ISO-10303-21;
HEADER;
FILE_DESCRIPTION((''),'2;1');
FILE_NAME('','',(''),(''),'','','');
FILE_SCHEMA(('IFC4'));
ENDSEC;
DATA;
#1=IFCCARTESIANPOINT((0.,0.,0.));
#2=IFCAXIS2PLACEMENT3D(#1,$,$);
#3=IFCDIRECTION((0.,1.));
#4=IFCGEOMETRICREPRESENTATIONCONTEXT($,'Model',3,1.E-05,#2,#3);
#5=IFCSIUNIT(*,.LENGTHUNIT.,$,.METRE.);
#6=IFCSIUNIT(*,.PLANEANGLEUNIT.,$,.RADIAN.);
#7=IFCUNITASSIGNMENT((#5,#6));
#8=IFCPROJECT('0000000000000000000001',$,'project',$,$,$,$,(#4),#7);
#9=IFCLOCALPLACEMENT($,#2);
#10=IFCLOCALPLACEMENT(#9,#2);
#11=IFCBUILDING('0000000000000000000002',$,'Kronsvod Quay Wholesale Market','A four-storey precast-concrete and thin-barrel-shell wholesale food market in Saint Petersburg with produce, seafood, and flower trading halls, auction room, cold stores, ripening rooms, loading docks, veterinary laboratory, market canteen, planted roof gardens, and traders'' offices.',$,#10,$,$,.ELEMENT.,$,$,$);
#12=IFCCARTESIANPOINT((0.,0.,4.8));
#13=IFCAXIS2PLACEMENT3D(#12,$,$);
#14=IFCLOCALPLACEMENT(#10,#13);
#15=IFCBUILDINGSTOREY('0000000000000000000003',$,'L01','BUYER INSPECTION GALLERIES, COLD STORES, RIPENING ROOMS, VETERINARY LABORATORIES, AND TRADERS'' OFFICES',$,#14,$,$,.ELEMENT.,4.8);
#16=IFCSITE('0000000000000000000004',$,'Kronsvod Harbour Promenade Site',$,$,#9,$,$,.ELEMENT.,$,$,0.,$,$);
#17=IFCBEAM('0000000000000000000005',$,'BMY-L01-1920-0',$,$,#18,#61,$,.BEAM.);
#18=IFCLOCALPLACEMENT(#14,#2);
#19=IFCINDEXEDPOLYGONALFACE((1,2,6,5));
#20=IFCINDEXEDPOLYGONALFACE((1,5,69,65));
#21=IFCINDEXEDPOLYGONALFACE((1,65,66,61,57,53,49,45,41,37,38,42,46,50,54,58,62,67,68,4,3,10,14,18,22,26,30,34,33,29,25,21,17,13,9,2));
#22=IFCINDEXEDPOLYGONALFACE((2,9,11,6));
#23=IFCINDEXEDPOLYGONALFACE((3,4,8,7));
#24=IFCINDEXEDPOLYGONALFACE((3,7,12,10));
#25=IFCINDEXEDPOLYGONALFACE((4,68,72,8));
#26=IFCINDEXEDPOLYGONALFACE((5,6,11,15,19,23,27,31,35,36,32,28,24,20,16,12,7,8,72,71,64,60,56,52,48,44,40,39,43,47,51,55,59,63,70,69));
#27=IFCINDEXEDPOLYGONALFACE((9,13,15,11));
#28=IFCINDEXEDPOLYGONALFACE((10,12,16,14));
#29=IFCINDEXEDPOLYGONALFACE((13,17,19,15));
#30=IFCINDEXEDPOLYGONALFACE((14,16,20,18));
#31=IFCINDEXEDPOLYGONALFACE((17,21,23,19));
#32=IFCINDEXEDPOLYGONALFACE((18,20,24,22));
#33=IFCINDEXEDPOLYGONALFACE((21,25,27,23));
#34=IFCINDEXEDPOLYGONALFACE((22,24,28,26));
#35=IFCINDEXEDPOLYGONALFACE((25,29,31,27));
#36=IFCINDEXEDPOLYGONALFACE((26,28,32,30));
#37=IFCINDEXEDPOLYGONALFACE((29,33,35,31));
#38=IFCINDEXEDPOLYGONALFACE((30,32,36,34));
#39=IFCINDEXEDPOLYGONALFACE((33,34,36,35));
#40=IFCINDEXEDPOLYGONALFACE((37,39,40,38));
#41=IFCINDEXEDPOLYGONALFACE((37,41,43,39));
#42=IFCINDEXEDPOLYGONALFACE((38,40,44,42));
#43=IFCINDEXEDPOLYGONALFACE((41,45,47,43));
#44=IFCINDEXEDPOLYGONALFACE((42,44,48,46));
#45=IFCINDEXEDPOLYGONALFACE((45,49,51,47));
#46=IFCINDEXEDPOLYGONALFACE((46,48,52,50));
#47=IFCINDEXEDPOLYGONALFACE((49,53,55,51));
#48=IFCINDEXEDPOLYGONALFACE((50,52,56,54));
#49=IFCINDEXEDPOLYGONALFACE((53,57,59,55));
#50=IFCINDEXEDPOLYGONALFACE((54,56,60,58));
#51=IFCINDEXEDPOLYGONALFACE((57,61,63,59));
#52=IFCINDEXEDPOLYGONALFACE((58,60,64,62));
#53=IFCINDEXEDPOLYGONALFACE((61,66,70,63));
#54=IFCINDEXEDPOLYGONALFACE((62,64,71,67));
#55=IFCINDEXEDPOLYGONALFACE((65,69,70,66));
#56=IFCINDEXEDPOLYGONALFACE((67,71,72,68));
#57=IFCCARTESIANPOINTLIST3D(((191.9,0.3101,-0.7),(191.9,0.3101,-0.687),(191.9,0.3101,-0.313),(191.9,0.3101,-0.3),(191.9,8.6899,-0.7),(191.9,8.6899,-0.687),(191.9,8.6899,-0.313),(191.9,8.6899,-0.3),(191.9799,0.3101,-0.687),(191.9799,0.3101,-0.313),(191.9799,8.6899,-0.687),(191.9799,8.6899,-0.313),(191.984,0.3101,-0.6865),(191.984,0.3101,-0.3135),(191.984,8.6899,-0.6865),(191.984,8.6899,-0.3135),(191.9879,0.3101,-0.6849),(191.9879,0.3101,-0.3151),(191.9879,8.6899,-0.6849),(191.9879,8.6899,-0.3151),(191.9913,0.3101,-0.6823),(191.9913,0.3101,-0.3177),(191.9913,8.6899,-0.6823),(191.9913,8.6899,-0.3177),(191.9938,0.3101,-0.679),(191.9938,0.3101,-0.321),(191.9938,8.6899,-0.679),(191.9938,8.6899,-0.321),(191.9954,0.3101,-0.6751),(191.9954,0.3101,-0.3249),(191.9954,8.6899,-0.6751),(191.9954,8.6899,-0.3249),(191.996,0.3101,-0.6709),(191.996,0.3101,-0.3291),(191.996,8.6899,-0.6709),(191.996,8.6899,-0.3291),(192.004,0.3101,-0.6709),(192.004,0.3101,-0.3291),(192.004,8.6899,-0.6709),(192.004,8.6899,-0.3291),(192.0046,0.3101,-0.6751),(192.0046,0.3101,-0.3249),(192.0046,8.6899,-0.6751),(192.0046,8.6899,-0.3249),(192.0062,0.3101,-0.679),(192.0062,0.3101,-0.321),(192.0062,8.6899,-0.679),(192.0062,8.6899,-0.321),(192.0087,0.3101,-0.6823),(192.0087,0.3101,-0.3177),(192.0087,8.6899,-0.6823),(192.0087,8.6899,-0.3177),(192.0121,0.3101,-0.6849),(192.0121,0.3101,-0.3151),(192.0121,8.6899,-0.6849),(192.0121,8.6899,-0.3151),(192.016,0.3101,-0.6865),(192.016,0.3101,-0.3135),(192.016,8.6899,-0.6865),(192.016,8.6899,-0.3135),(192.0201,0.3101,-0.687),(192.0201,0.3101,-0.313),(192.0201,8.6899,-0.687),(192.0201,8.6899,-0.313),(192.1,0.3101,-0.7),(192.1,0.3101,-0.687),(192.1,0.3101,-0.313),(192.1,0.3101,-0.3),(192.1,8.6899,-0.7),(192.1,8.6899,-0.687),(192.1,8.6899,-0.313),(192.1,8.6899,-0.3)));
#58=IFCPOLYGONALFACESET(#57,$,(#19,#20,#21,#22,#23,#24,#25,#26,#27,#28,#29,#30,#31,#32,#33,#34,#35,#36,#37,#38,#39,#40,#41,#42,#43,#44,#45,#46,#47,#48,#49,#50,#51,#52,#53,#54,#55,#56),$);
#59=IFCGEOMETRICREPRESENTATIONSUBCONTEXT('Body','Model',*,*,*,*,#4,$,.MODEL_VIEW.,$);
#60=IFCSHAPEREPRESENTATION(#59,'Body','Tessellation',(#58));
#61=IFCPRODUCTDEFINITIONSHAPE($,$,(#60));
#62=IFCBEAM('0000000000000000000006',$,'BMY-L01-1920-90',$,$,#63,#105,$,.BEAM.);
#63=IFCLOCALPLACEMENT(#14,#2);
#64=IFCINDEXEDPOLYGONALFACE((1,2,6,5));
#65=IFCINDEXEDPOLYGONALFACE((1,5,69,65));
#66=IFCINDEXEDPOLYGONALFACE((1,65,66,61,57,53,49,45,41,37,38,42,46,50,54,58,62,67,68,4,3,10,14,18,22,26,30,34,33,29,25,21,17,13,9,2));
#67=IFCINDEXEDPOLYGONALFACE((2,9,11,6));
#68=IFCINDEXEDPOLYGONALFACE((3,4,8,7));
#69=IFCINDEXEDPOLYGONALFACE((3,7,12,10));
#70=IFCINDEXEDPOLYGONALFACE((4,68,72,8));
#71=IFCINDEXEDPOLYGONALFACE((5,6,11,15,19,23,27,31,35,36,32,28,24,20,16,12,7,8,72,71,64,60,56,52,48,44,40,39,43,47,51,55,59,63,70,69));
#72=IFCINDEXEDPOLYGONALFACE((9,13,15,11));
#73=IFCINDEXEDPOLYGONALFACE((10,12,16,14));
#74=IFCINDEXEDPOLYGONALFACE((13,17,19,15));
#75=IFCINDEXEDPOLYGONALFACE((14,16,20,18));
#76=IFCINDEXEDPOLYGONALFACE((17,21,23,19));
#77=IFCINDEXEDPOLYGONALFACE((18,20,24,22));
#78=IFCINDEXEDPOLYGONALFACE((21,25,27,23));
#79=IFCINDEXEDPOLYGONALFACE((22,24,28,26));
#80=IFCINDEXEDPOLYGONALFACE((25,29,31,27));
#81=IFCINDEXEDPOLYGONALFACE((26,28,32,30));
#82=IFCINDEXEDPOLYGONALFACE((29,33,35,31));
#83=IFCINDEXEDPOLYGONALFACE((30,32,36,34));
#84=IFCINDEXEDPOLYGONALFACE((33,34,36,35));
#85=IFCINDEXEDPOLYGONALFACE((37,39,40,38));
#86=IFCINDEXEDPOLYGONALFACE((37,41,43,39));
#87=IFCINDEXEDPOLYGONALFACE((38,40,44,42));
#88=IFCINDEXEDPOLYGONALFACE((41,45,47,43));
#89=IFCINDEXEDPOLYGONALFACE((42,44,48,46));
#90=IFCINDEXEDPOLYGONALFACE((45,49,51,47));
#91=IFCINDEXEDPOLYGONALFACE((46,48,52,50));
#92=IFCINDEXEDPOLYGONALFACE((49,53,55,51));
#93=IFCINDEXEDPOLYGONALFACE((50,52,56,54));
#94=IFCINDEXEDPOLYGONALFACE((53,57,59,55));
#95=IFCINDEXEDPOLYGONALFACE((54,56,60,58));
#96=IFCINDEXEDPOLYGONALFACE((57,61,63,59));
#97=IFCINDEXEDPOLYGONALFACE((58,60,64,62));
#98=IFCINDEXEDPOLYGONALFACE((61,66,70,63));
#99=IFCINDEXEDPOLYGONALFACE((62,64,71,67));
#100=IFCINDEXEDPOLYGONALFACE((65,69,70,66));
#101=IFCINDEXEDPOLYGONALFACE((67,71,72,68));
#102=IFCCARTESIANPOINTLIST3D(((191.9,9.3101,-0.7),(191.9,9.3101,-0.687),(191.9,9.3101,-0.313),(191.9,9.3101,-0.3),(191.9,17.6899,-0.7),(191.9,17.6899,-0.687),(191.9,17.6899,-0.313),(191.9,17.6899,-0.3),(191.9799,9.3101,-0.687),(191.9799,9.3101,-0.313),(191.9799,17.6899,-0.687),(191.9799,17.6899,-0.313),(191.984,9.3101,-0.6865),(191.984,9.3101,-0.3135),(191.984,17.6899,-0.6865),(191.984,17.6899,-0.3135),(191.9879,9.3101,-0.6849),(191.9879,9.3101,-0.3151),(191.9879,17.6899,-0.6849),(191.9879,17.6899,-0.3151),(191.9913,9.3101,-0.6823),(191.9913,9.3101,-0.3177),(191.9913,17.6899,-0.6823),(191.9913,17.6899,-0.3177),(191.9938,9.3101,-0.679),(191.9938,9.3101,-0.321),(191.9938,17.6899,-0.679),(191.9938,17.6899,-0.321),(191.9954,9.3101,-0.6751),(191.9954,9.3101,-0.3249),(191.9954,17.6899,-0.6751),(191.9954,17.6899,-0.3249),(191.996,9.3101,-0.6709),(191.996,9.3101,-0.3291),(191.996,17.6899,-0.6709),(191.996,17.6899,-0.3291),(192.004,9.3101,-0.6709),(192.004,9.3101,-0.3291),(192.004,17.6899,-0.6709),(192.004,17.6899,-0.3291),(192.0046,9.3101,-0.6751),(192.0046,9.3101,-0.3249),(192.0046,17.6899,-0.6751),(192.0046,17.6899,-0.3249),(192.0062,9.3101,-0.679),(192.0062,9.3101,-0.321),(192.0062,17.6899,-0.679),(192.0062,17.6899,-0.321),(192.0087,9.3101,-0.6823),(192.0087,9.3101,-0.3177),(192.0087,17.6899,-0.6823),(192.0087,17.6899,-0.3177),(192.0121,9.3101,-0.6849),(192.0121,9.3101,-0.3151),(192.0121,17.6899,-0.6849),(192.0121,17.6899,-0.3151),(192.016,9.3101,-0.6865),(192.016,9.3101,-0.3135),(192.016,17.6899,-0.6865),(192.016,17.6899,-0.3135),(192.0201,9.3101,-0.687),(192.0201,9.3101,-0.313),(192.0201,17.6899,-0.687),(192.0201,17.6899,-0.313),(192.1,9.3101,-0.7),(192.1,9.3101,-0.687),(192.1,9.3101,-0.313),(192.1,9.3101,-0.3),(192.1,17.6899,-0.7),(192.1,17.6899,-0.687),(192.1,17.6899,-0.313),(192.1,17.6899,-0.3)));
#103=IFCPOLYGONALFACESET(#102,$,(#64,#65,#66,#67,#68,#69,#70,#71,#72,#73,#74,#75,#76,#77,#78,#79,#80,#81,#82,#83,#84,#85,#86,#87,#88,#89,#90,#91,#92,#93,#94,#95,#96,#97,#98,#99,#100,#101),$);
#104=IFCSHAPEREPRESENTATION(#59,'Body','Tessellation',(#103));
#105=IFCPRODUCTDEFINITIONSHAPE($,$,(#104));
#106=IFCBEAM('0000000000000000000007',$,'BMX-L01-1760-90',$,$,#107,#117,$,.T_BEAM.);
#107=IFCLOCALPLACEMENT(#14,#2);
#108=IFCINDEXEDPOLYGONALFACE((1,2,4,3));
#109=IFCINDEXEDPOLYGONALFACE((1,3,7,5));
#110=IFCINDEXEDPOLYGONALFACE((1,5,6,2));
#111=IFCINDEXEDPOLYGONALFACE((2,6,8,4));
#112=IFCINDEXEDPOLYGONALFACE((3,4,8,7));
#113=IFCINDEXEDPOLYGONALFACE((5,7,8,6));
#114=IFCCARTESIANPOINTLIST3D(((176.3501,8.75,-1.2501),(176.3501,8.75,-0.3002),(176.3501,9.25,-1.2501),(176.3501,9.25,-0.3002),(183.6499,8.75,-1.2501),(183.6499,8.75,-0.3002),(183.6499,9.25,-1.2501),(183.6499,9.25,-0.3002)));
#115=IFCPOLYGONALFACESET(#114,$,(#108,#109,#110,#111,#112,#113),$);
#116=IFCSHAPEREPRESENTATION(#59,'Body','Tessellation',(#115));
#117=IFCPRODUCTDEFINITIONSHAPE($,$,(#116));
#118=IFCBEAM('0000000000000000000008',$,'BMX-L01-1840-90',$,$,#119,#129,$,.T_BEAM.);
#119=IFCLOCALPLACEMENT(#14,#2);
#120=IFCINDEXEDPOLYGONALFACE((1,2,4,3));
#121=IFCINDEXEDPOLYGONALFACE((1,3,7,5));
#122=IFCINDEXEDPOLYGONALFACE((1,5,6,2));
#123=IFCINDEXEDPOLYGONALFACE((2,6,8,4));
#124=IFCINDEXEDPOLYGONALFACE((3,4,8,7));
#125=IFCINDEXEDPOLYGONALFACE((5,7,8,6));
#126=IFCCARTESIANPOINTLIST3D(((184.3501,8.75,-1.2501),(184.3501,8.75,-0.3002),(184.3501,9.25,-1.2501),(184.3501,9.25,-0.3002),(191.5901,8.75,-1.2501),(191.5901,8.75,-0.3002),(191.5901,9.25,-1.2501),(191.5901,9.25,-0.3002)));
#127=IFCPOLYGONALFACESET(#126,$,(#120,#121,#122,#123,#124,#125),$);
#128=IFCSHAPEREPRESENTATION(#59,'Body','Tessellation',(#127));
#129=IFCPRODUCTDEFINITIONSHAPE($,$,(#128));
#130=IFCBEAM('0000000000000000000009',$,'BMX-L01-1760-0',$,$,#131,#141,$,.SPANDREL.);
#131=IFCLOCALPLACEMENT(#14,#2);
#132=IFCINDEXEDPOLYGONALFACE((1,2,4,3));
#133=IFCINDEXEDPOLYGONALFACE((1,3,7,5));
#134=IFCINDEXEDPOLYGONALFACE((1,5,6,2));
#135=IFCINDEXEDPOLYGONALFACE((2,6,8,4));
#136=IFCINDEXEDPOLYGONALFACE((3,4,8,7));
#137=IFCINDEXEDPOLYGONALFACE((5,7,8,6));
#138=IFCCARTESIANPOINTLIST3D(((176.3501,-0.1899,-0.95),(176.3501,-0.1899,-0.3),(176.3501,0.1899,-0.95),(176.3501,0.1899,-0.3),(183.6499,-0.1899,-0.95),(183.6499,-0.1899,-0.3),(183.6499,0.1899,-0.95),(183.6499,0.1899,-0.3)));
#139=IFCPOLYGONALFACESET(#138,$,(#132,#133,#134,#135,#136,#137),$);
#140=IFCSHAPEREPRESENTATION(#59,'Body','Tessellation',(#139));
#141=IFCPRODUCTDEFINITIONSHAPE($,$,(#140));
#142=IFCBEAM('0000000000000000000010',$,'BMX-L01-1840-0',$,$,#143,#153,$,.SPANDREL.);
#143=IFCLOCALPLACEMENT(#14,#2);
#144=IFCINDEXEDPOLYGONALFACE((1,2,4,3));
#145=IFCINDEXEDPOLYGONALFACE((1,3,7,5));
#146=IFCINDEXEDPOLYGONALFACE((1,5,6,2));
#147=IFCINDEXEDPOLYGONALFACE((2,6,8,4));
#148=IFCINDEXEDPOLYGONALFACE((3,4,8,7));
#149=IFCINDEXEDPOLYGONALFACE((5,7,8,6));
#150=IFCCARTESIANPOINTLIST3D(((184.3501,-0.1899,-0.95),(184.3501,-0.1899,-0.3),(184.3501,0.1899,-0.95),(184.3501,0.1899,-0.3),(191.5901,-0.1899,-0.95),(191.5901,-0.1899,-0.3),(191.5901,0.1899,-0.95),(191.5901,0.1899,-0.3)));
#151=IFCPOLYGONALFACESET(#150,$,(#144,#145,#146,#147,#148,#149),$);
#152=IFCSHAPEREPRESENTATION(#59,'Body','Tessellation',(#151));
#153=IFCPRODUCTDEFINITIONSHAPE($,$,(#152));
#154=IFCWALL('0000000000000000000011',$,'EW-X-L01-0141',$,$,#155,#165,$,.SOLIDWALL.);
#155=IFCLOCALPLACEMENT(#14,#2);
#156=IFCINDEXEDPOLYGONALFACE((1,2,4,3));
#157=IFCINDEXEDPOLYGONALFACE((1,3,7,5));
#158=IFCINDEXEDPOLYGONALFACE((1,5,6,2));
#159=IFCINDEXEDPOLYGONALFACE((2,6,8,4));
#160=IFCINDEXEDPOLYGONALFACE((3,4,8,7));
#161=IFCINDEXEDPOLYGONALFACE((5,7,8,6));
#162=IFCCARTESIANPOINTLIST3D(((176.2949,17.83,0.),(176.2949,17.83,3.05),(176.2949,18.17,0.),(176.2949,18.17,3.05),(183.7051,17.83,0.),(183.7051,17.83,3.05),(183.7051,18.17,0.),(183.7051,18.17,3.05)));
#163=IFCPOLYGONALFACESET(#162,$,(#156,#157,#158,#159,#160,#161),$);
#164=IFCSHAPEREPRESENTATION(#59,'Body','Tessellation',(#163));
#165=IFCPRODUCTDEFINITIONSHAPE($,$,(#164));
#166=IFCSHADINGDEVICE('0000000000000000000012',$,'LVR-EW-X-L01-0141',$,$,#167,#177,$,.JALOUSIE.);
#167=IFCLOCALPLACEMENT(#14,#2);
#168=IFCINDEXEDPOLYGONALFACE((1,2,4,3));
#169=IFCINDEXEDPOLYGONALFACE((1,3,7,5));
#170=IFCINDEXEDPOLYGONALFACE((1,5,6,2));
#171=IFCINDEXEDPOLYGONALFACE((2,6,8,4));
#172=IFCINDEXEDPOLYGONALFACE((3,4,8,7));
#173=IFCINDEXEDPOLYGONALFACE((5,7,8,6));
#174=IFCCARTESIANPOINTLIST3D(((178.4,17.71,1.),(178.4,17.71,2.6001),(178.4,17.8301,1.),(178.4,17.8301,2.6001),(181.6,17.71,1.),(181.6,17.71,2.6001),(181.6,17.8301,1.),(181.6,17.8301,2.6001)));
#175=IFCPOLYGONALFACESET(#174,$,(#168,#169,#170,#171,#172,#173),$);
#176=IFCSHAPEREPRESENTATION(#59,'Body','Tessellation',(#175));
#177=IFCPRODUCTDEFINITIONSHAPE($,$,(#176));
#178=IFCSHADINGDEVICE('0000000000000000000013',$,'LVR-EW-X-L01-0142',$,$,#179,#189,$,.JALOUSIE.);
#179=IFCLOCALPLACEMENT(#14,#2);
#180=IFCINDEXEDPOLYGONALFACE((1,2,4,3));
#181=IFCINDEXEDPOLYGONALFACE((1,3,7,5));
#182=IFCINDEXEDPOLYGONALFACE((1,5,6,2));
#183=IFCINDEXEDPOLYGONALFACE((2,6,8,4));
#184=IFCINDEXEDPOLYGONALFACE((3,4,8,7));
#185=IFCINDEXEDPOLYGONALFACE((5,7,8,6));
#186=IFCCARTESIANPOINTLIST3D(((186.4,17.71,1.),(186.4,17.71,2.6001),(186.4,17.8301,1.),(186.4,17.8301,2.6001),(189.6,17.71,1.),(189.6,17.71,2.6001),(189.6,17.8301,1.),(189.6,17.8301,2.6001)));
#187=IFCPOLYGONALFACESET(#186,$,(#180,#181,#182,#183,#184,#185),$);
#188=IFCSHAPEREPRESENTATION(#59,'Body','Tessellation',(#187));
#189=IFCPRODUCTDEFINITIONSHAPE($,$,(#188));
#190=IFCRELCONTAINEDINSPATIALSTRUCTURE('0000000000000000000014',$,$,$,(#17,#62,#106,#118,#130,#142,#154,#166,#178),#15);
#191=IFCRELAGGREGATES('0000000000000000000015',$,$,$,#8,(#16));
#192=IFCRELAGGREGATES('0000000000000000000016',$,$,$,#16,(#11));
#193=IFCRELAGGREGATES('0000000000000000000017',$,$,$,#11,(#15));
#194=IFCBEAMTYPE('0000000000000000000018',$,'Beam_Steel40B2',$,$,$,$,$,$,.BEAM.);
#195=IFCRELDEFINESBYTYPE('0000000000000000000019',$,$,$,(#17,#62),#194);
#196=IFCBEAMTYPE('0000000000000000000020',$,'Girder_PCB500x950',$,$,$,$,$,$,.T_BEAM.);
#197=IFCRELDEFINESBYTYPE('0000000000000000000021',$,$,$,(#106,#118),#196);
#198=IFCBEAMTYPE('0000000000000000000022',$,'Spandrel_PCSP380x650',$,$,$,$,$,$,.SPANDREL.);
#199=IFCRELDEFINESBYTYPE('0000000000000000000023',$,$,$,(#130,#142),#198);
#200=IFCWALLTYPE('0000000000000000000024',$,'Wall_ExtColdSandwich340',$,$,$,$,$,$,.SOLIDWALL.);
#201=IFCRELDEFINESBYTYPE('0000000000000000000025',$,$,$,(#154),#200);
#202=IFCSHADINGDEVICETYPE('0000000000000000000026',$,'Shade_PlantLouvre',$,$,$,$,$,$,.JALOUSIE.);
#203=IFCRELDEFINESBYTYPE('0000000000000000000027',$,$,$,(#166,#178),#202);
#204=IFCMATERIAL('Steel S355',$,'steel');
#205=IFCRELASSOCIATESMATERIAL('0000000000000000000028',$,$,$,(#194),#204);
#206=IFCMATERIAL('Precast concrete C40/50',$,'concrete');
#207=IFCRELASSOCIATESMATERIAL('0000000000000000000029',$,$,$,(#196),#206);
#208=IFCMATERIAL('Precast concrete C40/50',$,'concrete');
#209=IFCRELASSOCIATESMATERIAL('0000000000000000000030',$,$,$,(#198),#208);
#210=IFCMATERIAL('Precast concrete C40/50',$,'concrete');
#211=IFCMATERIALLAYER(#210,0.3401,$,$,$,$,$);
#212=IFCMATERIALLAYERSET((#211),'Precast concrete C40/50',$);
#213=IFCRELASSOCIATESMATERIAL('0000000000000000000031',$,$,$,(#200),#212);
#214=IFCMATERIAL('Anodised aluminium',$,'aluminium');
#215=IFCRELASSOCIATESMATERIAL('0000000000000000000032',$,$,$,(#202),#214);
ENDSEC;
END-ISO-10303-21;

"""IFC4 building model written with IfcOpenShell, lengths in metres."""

from ifc_helpers import new_model, si_unit, direction, frame, frame_2d, origin, origin_2d, place, context, subcontext, project, spatial, rectangle, i_section, extrude, material, layer, layer_set, material_profile, profile_set, type_object, element, save


model = new_model("IFC4")

# Units and contexts
model_context = context("Model", 3, precision=1e-05, world=origin(), true_north=direction((0.0, 1.0)))
body_context = subcontext(model_context, "Body", "Model", "MODEL_VIEW")
ifc_project = project(units=[si_unit("LENGTHUNIT", "METRE"), si_unit("PLANEANGLEUNIT", "RADIAN")], contexts=[model_context])

# Site, building, storey
site_placement = place(None, origin())
site = spatial("IfcSite", under=ifc_project, at=site_placement, Name="Kronsvod Harbour Promenade Site", CompositionType="ELEMENT", RefElevation=0.0)
building_placement = place(site_placement, origin())
building = spatial("IfcBuilding", under=site, at=building_placement, Name="Kronsvod Quay Wholesale Market", Description="A four-storey precast-concrete and thin-barrel-shell wholesale food market in Saint Petersburg with produce, seafood, and flower trading halls, auction room, cold stores, ripening rooms, loading docks, veterinary laboratory, market canteen, planted roof gardens, and traders' offices.", CompositionType="ELEMENT")
storey_placement = place(building_placement, frame((0.0, 0.0, 4.8)))
storey = spatial("IfcBuildingStorey", under=building, at=storey_placement, Name="L01", Description="BUYER INSPECTION GALLERIES, COLD STORES, RIPENING ROOMS, VETERINARY LABORATORIES, AND TRADERS' OFFICES", CompositionType="ELEMENT", Elevation=4.8)

# Beams
ifc_material_1 = material(Name="Steel S355", Category="steel")
ifc_material_profile_1 = material_profile(ifc_material_1, i_section(OverallWidth=0.2, OverallDepth=0.3999, WebThickness=0.0081, FlangeThickness=0.0129, FilletRadius=0.0161, at=origin_2d()), Name="40B2")
ifc_profile_set_1 = profile_set([ifc_material_profile_1], Name="Steel S355")
beam_type_1 = type_object("IfcBeamType", Name="Beam_Steel40B2", PredefinedType="BEAM", material=ifc_profile_set_1)
for number, where, z_axis, x_axis, name in (
    (1, (192.0, 0.3101, -0.5), (0.0, 1.0, 0.0), (-1.0, 0.0, 0.0), "BMY-L01-1920-0"),
    (2, (192.0, 9.3101, -0.5), (0.0, 1.0, 0.0), (-1.0, 0.0, 0.0), "BMY-L01-1920-90"),
):
    element("IfcBeam", number, at=place(storey_placement, frame(where, z_axis=z_axis, x_axis=x_axis)), inside=storey, type_object=beam_type_1, Name=name, PredefinedType="BEAM", context=body_context, shape_type="SweptSolid", body=[
        extrude(i_section(OverallWidth=0.2, OverallDepth=0.3999, WebThickness=0.0081, FlangeThickness=0.0129, FilletRadius=0.0161, at=origin_2d()), origin(), (0.0, 0.0, 1.0), 8.3799),
    ])
ifc_material_2 = material(Name="Precast concrete C40/50", Category="concrete")
ifc_material_profile_2 = material_profile(ifc_material_2, rectangle(XDim=0.5, YDim=0.95, at=origin_2d()), Name="PCB500x950")
ifc_profile_set_2 = profile_set([ifc_material_profile_2], Name="Precast concrete C40/50")
beam_type_2 = type_object("IfcBeamType", Name="Girder_PCB500x950", PredefinedType="T_BEAM", material=ifc_profile_set_2)
beam_1_placement = place(storey_placement, frame((176.3501, 9.0, -0.7751), z_axis=(1.0, 0.0, 0.0), x_axis=(0.0, 1.0, 0.0)))
element("IfcBeam", 3, at=beam_1_placement, inside=storey, type_object=beam_type_2, Name="BMX-L01-1760-90", PredefinedType="T_BEAM", context=body_context, shape_type="SweptSolid", body=[
    extrude(rectangle(XDim=0.5, YDim=0.95, at=origin_2d()), origin(), (0.0, 0.0, 1.0), 7.2998),
])
beam_2_placement = place(storey_placement, frame((184.3501, 9.0, -0.7751), z_axis=(1.0, 0.0, 0.0), x_axis=(0.0, 1.0, 0.0)))
element("IfcBeam", 4, at=beam_2_placement, inside=storey, type_object=beam_type_2, Name="BMX-L01-1840-90", PredefinedType="T_BEAM", context=body_context, shape_type="SweptSolid", body=[
    extrude(rectangle(XDim=0.5, YDim=0.95, at=origin_2d()), origin(), (0.0, 0.0, 1.0), 7.24),
])
ifc_material_3 = material(Name="Precast concrete C40/50", Category="concrete")
ifc_material_profile_3 = material_profile(ifc_material_3, rectangle(XDim=0.3799, YDim=0.6499, at=origin_2d()), Name="SPB-03")
ifc_profile_set_3 = profile_set([ifc_material_profile_3], Name="Precast concrete C40/50")
beam_type_3 = type_object("IfcBeamType", Name="Spandrel_PCSP380x650", PredefinedType="SPANDREL", material=ifc_profile_set_3)
beam_3_placement = place(storey_placement, frame((176.3501, 0.0, -0.625), z_axis=(1.0, 0.0, 0.0), x_axis=(0.0, 1.0, 0.0)))
element("IfcBeam", 5, at=beam_3_placement, inside=storey, type_object=beam_type_3, Name="BMX-L01-1760-0", PredefinedType="SPANDREL", context=body_context, shape_type="SweptSolid", body=[
    extrude(rectangle(XDim=0.3799, YDim=0.6499, at=origin_2d()), origin(), (0.0, 0.0, 1.0), 7.2998),
])
beam_4_placement = place(storey_placement, frame((184.3501, 0.0, -0.625), z_axis=(1.0, 0.0, 0.0), x_axis=(0.0, 1.0, 0.0)))
element("IfcBeam", 6, at=beam_4_placement, inside=storey, type_object=beam_type_3, Name="BMX-L01-1840-0", PredefinedType="SPANDREL", context=body_context, shape_type="SweptSolid", body=[
    extrude(rectangle(XDim=0.3799, YDim=0.6499, at=origin_2d()), origin(), (0.0, 0.0, 1.0), 7.24),
])

# Wall
ifc_material_4 = material(Name="Precast concrete C40/50", Category="concrete")
ifc_layer = layer(ifc_material_4, 0.3401)
ifc_layer_set = layer_set([ifc_layer], Name="Precast concrete C40/50")
wall_type = type_object("IfcWallType", Name="Wall_ExtColdSandwich340", PredefinedType="SOLIDWALL", material=ifc_layer_set)
wall_placement = place(storey_placement, frame((176.2949, 18.0, 0.0), z_axis=(0.0, 0.0, 1.0), x_axis=(1.0, 0.0, 0.0)))
element("IfcWall", 7, at=wall_placement, inside=storey, type_object=wall_type, Name="EW-X-L01-0141", PredefinedType="SOLIDWALL", context=body_context, shape_type="SweptSolid", body=[
    extrude(rectangle(XDim=7.4102, YDim=0.3401, at=frame_2d((3.7051, 0.0))), origin(), (0.0, 0.0, 1.0), 3.05),
])

# Shading devices
ifc_material_5 = material(Name="Anodised aluminium", Category="aluminium")
shading_device_type = type_object("IfcShadingDeviceType", Name="Shade_PlantLouvre", PredefinedType="JALOUSIE", material=ifc_material_5)
for number, where, z_axis, x_axis, name in (
    (8, (180.0, 17.77, 1.0), (0.0, 0.0, 1.0), (1.0, 0.0, 0.0), "LVR-EW-X-L01-0141"),
    (9, (188.0, 17.77, 1.0), (0.0, 0.0, 1.0), (1.0, 0.0, 0.0), "LVR-EW-X-L01-0142"),
):
    element("IfcShadingDevice", number, at=place(storey_placement, frame(where, z_axis=z_axis, x_axis=x_axis)), inside=storey, type_object=shading_device_type, Name=name, PredefinedType="JALOUSIE", context=body_context, shape_type="SweptSolid", body=[
        extrude(rectangle(XDim=3.2, YDim=0.1201, at=origin_2d()), origin(), (0.0, 0.0, 1.0), 1.6001),
    ])

save(model, "model.ifc")
